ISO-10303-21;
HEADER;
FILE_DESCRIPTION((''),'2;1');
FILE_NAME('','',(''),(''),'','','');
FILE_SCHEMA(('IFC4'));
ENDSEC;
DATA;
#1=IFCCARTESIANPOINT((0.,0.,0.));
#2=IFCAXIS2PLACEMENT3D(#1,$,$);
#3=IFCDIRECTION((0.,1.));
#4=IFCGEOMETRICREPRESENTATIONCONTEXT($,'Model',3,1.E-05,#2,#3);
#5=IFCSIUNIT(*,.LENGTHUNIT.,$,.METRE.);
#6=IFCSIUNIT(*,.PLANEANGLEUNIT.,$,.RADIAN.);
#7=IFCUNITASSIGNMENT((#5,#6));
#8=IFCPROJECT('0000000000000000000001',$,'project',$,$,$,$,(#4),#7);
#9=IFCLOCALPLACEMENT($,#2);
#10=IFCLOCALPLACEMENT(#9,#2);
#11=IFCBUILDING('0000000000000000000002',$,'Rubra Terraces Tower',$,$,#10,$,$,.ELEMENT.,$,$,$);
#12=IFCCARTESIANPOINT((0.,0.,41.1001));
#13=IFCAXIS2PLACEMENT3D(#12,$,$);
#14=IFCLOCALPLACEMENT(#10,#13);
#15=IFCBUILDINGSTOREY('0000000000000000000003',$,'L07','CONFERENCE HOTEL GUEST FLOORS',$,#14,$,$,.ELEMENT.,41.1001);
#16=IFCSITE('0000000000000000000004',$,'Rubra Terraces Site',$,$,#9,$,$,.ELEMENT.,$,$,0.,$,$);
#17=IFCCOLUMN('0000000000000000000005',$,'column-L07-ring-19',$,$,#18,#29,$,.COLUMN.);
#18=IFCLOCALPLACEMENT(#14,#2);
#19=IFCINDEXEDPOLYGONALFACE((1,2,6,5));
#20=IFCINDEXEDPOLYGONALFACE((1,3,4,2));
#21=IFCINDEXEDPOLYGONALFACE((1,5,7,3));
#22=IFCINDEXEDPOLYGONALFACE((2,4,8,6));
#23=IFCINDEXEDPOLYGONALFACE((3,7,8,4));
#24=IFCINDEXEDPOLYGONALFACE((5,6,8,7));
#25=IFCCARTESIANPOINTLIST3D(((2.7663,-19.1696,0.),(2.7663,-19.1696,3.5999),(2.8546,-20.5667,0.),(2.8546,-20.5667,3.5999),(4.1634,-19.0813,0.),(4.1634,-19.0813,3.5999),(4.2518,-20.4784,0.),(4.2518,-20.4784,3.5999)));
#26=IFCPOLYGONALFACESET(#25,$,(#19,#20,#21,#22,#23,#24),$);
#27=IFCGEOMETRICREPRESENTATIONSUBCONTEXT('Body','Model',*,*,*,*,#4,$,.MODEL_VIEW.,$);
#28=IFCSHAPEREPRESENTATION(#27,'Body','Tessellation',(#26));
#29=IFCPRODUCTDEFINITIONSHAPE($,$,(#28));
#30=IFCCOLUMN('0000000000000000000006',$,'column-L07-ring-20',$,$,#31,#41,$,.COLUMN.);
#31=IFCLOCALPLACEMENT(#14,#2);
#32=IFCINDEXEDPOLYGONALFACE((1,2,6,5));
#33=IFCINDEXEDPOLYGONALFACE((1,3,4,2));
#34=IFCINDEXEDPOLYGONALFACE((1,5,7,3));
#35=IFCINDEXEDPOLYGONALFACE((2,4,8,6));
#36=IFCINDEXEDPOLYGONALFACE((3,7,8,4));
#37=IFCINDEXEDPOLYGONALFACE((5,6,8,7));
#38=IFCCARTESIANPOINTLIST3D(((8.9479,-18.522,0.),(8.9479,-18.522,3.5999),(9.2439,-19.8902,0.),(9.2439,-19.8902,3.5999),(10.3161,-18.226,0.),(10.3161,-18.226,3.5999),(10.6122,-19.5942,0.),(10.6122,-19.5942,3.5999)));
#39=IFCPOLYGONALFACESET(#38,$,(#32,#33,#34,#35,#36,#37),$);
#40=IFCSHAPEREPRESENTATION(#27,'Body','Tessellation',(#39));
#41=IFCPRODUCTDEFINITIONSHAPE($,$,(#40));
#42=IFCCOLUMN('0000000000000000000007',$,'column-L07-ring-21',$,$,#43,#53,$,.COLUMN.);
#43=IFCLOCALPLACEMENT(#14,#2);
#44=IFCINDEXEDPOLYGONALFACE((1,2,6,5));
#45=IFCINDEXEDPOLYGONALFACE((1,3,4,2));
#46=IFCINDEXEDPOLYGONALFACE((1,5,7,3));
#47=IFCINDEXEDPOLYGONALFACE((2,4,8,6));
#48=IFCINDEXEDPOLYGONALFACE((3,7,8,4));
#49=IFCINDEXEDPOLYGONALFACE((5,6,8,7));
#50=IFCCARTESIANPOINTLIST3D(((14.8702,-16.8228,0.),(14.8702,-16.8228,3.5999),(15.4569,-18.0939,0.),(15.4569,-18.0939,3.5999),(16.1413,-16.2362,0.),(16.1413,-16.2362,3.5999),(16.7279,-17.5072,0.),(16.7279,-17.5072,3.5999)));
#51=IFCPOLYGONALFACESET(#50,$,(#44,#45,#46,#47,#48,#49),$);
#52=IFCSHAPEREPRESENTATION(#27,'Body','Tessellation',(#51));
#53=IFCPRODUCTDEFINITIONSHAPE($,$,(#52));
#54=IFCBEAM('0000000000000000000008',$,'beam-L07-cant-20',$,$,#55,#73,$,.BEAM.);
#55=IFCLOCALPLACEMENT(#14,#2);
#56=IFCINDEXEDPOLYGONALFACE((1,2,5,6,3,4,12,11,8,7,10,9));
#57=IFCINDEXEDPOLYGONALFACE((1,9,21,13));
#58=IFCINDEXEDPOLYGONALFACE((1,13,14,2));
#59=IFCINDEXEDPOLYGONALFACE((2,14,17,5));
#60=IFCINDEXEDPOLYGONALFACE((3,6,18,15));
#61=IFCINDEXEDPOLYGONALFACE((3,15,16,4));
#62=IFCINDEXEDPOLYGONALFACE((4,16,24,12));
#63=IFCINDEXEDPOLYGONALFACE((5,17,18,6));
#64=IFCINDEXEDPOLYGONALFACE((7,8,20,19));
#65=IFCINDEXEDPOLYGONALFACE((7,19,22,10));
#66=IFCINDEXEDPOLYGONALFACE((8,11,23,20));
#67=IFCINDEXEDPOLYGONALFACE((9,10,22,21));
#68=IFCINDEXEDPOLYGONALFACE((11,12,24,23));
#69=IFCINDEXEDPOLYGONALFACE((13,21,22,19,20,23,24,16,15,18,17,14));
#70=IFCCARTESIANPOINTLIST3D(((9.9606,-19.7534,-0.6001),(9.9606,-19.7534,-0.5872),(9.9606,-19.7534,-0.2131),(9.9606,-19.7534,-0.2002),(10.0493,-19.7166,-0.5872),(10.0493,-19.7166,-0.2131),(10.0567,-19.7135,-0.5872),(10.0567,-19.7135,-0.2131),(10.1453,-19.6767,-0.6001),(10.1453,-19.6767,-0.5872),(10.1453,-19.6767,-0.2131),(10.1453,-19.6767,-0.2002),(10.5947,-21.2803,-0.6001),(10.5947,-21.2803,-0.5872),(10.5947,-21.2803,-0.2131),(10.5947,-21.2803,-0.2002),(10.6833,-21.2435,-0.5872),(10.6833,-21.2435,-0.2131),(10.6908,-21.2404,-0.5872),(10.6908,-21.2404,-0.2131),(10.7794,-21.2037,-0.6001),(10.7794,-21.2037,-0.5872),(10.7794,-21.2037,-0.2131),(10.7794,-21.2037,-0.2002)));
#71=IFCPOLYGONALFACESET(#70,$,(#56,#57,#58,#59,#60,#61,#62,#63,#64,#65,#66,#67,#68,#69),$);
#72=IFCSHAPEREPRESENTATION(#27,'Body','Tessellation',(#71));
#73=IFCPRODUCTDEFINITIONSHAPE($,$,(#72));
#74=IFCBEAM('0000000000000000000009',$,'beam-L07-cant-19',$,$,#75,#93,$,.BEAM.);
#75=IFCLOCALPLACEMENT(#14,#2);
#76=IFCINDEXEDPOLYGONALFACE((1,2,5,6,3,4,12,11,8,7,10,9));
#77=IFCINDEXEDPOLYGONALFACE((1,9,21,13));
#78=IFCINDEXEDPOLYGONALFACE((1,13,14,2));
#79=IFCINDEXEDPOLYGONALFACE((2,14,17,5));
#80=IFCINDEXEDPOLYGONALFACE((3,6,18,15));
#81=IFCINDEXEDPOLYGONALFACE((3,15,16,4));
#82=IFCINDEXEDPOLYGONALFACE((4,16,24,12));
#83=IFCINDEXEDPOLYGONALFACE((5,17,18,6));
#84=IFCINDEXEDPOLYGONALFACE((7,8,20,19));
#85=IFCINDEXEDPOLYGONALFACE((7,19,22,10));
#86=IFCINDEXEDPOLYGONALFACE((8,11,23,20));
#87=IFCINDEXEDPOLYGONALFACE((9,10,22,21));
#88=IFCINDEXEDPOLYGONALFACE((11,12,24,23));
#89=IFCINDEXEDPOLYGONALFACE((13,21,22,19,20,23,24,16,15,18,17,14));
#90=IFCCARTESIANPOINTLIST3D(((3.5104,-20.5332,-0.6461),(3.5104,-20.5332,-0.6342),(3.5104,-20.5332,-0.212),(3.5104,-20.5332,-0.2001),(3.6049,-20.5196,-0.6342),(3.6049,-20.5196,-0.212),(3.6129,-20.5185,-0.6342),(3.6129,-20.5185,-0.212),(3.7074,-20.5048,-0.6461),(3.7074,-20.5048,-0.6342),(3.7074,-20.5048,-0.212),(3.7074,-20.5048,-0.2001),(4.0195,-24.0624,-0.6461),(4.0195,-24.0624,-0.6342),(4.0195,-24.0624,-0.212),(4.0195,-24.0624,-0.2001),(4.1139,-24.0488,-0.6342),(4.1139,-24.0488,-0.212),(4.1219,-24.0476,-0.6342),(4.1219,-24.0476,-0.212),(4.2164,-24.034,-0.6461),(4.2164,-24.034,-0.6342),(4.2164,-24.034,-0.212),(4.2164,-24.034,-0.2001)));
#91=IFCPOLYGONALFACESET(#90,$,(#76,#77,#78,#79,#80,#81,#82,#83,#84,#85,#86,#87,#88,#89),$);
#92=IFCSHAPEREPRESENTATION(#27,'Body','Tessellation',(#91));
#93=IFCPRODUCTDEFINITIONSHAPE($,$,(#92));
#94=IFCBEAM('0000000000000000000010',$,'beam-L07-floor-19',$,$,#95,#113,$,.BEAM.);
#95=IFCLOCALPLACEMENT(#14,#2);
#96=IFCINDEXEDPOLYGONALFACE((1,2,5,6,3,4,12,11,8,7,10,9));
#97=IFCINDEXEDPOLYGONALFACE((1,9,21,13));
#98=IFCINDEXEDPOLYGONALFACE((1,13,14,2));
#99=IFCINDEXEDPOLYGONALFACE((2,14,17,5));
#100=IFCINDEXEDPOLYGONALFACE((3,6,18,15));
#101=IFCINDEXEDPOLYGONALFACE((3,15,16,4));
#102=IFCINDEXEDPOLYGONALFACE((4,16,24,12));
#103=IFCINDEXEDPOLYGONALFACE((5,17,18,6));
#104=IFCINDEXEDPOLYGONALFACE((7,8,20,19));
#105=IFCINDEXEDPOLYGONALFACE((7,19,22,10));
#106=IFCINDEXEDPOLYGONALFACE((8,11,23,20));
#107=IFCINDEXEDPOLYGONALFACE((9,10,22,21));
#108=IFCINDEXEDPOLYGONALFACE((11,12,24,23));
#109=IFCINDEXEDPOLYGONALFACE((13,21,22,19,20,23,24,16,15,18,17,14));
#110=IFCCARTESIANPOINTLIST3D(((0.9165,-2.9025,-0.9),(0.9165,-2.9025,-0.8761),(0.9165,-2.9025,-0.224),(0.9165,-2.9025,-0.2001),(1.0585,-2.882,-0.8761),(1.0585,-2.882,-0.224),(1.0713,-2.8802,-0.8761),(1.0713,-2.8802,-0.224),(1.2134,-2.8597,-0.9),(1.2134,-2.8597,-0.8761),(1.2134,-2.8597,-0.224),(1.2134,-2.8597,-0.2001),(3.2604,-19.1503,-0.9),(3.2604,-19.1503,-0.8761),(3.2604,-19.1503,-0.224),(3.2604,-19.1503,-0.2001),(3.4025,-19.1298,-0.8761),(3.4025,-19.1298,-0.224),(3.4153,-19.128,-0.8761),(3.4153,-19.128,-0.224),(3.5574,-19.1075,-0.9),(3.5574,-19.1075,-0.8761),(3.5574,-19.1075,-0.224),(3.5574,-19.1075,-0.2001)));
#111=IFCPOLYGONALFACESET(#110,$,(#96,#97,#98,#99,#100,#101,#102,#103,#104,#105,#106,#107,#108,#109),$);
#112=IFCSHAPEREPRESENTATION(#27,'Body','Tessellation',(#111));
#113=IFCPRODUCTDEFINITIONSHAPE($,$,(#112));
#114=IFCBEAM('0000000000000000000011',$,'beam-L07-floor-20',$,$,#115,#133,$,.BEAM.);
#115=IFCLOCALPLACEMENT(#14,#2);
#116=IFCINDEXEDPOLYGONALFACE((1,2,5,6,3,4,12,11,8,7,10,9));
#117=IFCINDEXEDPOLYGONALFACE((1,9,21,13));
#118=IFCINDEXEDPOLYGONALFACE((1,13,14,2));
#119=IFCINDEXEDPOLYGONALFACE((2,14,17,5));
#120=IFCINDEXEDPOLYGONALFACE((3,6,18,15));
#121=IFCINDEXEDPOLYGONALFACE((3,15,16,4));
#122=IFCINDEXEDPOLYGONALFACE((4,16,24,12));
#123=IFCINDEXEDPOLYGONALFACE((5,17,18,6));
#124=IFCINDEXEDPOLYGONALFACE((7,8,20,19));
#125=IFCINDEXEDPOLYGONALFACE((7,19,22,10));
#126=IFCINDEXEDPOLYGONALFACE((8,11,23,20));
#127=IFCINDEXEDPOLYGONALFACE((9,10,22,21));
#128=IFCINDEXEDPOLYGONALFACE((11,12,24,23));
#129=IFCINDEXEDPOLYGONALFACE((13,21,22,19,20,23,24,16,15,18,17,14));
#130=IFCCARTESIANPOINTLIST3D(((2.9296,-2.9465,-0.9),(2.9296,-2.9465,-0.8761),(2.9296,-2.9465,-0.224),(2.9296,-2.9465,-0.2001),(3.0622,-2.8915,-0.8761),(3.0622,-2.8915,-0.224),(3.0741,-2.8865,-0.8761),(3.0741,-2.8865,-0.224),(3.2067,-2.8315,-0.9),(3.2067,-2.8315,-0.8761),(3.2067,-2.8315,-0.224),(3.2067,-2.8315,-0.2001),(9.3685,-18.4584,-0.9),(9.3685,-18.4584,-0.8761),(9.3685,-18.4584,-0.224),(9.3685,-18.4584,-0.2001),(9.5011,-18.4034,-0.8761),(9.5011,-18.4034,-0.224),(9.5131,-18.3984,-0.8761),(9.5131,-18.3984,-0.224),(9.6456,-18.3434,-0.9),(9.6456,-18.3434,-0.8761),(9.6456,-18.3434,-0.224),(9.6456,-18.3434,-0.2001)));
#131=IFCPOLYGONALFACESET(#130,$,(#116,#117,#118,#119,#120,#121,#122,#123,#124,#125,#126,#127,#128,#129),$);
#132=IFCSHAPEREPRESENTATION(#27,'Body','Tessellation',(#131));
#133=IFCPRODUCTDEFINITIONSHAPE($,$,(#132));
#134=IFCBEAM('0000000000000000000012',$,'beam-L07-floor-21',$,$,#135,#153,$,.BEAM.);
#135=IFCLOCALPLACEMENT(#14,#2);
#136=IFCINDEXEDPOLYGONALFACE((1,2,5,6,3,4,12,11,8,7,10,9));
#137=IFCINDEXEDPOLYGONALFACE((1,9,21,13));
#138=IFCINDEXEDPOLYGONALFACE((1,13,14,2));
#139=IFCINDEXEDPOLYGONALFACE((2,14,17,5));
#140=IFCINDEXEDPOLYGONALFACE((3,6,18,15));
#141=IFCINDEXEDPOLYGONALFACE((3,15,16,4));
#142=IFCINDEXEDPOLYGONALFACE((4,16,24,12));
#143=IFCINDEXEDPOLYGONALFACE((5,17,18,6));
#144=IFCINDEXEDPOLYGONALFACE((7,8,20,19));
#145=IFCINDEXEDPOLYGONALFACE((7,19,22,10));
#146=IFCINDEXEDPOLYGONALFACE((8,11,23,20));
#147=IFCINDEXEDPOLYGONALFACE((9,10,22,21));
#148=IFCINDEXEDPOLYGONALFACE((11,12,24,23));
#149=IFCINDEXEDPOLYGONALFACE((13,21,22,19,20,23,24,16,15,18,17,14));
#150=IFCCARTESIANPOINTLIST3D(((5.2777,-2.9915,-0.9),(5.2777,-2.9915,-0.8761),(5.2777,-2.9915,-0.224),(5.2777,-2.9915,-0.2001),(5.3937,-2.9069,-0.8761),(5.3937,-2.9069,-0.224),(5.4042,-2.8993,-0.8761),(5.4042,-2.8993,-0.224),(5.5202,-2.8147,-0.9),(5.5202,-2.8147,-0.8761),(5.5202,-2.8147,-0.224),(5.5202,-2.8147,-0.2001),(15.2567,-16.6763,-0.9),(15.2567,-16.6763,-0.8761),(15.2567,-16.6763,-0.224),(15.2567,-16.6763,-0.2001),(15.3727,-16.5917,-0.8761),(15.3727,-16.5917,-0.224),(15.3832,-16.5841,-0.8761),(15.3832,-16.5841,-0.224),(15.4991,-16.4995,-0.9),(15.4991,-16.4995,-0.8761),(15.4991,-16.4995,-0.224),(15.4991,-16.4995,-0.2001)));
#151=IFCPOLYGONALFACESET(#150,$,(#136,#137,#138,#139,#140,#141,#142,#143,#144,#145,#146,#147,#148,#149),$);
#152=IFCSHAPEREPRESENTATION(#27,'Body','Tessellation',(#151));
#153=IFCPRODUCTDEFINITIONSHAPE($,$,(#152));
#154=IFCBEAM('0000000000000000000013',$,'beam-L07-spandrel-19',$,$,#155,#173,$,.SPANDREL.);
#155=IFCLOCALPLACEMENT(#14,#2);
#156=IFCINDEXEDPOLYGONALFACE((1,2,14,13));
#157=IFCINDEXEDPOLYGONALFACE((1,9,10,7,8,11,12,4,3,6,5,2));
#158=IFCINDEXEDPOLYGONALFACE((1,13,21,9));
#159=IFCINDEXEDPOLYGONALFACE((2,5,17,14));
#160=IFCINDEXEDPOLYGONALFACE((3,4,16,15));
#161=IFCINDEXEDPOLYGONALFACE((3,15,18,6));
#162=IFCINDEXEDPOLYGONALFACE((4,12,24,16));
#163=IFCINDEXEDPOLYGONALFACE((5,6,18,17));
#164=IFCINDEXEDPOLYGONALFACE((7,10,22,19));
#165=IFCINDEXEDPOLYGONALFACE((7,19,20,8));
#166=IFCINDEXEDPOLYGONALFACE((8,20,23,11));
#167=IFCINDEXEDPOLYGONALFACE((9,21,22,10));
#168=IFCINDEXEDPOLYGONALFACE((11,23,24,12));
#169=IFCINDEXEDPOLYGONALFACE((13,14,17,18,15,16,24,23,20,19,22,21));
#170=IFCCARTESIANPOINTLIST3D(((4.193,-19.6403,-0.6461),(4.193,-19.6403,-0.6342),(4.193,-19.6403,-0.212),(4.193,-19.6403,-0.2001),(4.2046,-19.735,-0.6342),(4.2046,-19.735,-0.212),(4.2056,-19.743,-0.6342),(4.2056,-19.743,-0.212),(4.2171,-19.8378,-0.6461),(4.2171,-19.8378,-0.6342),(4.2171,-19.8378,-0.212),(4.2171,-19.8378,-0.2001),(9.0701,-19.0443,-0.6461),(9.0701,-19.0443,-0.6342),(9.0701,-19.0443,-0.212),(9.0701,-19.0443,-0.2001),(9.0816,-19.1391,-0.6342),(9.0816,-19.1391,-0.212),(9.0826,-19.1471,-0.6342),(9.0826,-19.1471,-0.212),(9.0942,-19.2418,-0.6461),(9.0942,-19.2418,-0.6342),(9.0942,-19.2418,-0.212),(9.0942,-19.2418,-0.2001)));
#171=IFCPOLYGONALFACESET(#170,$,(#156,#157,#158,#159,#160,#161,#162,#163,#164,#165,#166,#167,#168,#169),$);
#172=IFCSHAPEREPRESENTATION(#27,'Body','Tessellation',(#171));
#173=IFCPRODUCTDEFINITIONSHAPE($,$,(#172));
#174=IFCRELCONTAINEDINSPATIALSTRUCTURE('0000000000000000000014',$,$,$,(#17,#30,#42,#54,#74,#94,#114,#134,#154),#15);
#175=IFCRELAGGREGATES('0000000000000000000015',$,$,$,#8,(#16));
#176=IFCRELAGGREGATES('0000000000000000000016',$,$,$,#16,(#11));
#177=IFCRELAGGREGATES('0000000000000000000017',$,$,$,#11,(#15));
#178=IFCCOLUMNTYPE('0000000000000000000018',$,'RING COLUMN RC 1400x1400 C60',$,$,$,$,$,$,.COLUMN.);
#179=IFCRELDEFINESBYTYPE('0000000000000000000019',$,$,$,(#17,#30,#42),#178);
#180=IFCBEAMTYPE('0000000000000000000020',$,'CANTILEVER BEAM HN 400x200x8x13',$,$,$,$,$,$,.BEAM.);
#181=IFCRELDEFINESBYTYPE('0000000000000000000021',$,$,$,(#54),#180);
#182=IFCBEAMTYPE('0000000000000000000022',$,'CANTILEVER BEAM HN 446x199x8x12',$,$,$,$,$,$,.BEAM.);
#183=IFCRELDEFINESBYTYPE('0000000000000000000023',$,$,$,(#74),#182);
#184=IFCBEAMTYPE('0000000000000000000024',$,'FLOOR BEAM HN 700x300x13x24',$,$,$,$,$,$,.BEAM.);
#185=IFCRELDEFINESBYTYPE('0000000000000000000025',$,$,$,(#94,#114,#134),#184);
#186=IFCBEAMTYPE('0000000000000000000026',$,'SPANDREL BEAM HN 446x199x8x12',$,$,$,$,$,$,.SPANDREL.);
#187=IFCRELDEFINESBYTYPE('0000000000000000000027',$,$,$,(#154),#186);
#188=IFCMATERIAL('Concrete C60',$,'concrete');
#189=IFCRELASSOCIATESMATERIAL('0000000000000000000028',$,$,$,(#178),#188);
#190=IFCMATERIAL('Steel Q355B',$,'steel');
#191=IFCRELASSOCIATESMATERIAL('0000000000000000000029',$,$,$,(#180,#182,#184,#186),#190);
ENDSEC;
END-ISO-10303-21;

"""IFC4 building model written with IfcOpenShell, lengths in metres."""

from ifc_helpers import new_model, si_unit, direction, frame, origin, origin_2d, place, context, subcontext, project, spatial, rectangle, i_section, extrude, material, material_profile, profile_set, type_object, element, save


model = new_model("IFC4")

# Units and contexts
model_context = context("Model", 3, precision=1e-05, world=origin(), true_north=direction((0.0, 1.0)))
body_context = subcontext(model_context, "Body", "Model", "MODEL_VIEW")
ifc_project = project(units=[si_unit("LENGTHUNIT", "METRE"), si_unit("PLANEANGLEUNIT", "RADIAN")], contexts=[model_context])

# Site, building, storey
site_placement = place(None, origin())
site = spatial("IfcSite", under=ifc_project, at=site_placement, Name="Rubra Terraces Site", CompositionType="ELEMENT", RefElevation=0.0)
building_placement = place(site_placement, origin())
building = spatial("IfcBuilding", under=site, at=building_placement, Name="Rubra Terraces Tower", CompositionType="ELEMENT")
storey_placement = place(building_placement, frame((0.0, 0.0, 41.1001)))
storey = spatial("IfcBuildingStorey", under=building, at=storey_placement, Name="L07", Description="CONFERENCE HOTEL GUEST FLOORS", CompositionType="ELEMENT", Elevation=41.1001)

# Columns
ifc_material_1 = material(Name="Concrete C60", Category="concrete")
ifc_material_profile_1 = material_profile(ifc_material_1, rectangle(XDim=1.3999, YDim=1.3999, at=origin_2d()), Name="RC 1400x1400")
ifc_profile_set_1 = profile_set([ifc_material_profile_1], Name="Concrete C60")
column_type = type_object("IfcColumnType", Name="RING COLUMN RC 1400x1400 C60", PredefinedType="COLUMN", material=ifc_profile_set_1)
for number, where, z_axis, x_axis, name in (
    (1, (3.509, -19.824, 0.0), (0.0, 0.0, 1.0), (0.998008, 0.063094, 0.0), "column-L07-ring-19"),
    (2, (9.78, -19.0581, 0.0), (0.0, 0.0, 1.0), (0.977386, 0.211462, 0.0), "column-L07-ring-20"),
    (3, (15.7991, -17.165, 0.0), (0.0, 0.0, 1.0), (0.907952, 0.419073, 0.0), "column-L07-ring-21"),
):
    element("IfcColumn", number, at=place(storey_placement, frame(where, z_axis=z_axis, x_axis=x_axis)), inside=storey, type_object=column_type, Name=name, PredefinedType="COLUMN", context=body_context, shape_type="SweptSolid", body=[
        extrude(rectangle(XDim=1.3999, YDim=1.3999, at=origin_2d()), origin(), (0.0, 0.0, 1.0), 3.5999),
    ])

# Beams
ifc_material_2 = material(Name="Steel Q355B", Category="steel")
ifc_material_profile_2 = material_profile(ifc_material_2, i_section(OverallWidth=0.2, OverallDepth=0.3999, WebThickness=0.0081, FlangeThickness=0.0129, at=origin_2d()), Name="HN 400x200x8x13")
ifc_profile_set_2 = profile_set([ifc_material_profile_2], Name="Steel Q355B")
beam_type_1 = type_object("IfcBeamType", Name="CANTILEVER BEAM HN 400x200x8x13", PredefinedType="BEAM", material=ifc_profile_set_2)
beam_1_placement = place(storey_placement, frame((10.053, -19.7151, -0.4001), z_axis=(0.383504, -0.923539, 0.0), x_axis=(0.923539, 0.383504, 0.0)))
element("IfcBeam", 4, at=beam_1_placement, inside=storey, type_object=beam_type_1, Name="beam-L07-cant-20", PredefinedType="BEAM", context=body_context, shape_type="SweptSolid", body=[
    extrude(i_section(OverallWidth=0.2, OverallDepth=0.3999, WebThickness=0.0081, FlangeThickness=0.0129, at=origin_2d()), origin(), (0.0, 0.0, 1.0), 1.6533),
])
ifc_material_profile_3 = material_profile(ifc_material_2, i_section(OverallWidth=0.199, OverallDepth=0.446, WebThickness=0.0081, FlangeThickness=0.012, at=origin_2d()), Name="HN 446x199x8x12")
ifc_profile_set_3 = profile_set([ifc_material_profile_3], Name="Steel Q355B")
beam_type_2 = type_object("IfcBeamType", Name="CANTILEVER BEAM HN 446x199x8x12", PredefinedType="BEAM", material=ifc_profile_set_3)
beam_2_placement = place(storey_placement, frame((3.6089, -20.519, -0.4231), z_axis=(0.142763, -0.989757, 0.0), x_axis=(0.989757, 0.142763, 0.0)))
element("IfcBeam", 5, at=beam_2_placement, inside=storey, type_object=beam_type_2, Name="beam-L07-cant-19", PredefinedType="BEAM", context=body_context, shape_type="SweptSolid", body=[
    extrude(i_section(OverallWidth=0.199, OverallDepth=0.446, WebThickness=0.0081, FlangeThickness=0.012, at=origin_2d()), origin(), (0.0, 0.0, 1.0), 3.5657),
])
ifc_material_profile_4 = material_profile(ifc_material_2, i_section(OverallWidth=0.3, OverallDepth=0.7, WebThickness=0.0129, FlangeThickness=0.0239, at=origin_2d()), Name="HN 700x300x13x24")
ifc_profile_set_4 = profile_set([ifc_material_profile_4], Name="Steel Q355B")
beam_type_3 = type_object("IfcBeamType", Name="FLOOR BEAM HN 700x300x13x24", PredefinedType="BEAM", material=ifc_profile_set_4)
beam_3_placement = place(storey_placement, frame((3.4089, -19.1289, -0.55), z_axis=(-0.142787, 0.989753, 0.0), x_axis=(-0.989753, -0.142787, 0.0)))
element("IfcBeam", 6, at=beam_3_placement, inside=storey, type_object=beam_type_3, Name="beam-L07-floor-19", PredefinedType="BEAM", context=body_context, shape_type="SweptSolid", body=[
    extrude(i_section(OverallWidth=0.3, OverallDepth=0.7, WebThickness=0.0129, FlangeThickness=0.0239, at=origin_2d()), origin(), (0.0, 0.0, 1.0), 16.416),
])
beam_4_placement = place(storey_placement, frame((9.5071, -18.4009, -0.55), z_axis=(-0.38338, 0.923591, 0.0), x_axis=(-0.923591, -0.38338, 0.0)))
element("IfcBeam", 7, at=beam_4_placement, inside=storey, type_object=beam_type_3, Name="beam-L07-floor-20", PredefinedType="BEAM", context=body_context, shape_type="SweptSolid", body=[
    extrude(i_section(OverallWidth=0.3, OverallDepth=0.7, WebThickness=0.0129, FlangeThickness=0.0239, at=origin_2d()), origin(), (0.0, 0.0, 1.0), 16.7952),
])
beam_5_placement = place(storey_placement, frame((15.3779, -16.5879, -0.55), z_axis=(-0.589191, 0.807994, 0.0), x_axis=(-0.807994, -0.589191, 0.0)))
element("IfcBeam", 8, at=beam_5_placement, inside=storey, type_object=beam_type_3, Name="beam-L07-floor-21", PredefinedType="BEAM", context=body_context, shape_type="SweptSolid", body=[
    extrude(i_section(OverallWidth=0.3, OverallDepth=0.7, WebThickness=0.0129, FlangeThickness=0.0239, at=origin_2d()), origin(), (0.0, 0.0, 1.0), 16.9368),
])
ifc_material_profile_5 = material_profile(ifc_material_2, i_section(OverallWidth=0.199, OverallDepth=0.446, WebThickness=0.0081, FlangeThickness=0.012, at=origin_2d()), Name="HN 446x199x8x12")
ifc_profile_set_5 = profile_set([ifc_material_profile_5], Name="Steel Q355B")
beam_type_4 = type_object("IfcBeamType", Name="SPANDREL BEAM HN 446x199x8x12", PredefinedType="SPANDREL", material=ifc_profile_set_5)
beam_6_placement = place(storey_placement, frame((4.2051, -19.739, -0.4231), z_axis=(0.992617, 0.121294, 0.0), x_axis=(-0.121294, 0.992617, 0.0)))
element("IfcBeam", 9, at=beam_6_placement, inside=storey, type_object=beam_type_4, Name="beam-L07-spandrel-19", PredefinedType="SPANDREL", context=body_context, shape_type="SweptSolid", body=[
    extrude(i_section(OverallWidth=0.199, OverallDepth=0.446, WebThickness=0.0081, FlangeThickness=0.012, at=origin_2d()), origin(), (0.0, 0.0, 1.0), 4.9133),
])

save(model, "model.ifc")
